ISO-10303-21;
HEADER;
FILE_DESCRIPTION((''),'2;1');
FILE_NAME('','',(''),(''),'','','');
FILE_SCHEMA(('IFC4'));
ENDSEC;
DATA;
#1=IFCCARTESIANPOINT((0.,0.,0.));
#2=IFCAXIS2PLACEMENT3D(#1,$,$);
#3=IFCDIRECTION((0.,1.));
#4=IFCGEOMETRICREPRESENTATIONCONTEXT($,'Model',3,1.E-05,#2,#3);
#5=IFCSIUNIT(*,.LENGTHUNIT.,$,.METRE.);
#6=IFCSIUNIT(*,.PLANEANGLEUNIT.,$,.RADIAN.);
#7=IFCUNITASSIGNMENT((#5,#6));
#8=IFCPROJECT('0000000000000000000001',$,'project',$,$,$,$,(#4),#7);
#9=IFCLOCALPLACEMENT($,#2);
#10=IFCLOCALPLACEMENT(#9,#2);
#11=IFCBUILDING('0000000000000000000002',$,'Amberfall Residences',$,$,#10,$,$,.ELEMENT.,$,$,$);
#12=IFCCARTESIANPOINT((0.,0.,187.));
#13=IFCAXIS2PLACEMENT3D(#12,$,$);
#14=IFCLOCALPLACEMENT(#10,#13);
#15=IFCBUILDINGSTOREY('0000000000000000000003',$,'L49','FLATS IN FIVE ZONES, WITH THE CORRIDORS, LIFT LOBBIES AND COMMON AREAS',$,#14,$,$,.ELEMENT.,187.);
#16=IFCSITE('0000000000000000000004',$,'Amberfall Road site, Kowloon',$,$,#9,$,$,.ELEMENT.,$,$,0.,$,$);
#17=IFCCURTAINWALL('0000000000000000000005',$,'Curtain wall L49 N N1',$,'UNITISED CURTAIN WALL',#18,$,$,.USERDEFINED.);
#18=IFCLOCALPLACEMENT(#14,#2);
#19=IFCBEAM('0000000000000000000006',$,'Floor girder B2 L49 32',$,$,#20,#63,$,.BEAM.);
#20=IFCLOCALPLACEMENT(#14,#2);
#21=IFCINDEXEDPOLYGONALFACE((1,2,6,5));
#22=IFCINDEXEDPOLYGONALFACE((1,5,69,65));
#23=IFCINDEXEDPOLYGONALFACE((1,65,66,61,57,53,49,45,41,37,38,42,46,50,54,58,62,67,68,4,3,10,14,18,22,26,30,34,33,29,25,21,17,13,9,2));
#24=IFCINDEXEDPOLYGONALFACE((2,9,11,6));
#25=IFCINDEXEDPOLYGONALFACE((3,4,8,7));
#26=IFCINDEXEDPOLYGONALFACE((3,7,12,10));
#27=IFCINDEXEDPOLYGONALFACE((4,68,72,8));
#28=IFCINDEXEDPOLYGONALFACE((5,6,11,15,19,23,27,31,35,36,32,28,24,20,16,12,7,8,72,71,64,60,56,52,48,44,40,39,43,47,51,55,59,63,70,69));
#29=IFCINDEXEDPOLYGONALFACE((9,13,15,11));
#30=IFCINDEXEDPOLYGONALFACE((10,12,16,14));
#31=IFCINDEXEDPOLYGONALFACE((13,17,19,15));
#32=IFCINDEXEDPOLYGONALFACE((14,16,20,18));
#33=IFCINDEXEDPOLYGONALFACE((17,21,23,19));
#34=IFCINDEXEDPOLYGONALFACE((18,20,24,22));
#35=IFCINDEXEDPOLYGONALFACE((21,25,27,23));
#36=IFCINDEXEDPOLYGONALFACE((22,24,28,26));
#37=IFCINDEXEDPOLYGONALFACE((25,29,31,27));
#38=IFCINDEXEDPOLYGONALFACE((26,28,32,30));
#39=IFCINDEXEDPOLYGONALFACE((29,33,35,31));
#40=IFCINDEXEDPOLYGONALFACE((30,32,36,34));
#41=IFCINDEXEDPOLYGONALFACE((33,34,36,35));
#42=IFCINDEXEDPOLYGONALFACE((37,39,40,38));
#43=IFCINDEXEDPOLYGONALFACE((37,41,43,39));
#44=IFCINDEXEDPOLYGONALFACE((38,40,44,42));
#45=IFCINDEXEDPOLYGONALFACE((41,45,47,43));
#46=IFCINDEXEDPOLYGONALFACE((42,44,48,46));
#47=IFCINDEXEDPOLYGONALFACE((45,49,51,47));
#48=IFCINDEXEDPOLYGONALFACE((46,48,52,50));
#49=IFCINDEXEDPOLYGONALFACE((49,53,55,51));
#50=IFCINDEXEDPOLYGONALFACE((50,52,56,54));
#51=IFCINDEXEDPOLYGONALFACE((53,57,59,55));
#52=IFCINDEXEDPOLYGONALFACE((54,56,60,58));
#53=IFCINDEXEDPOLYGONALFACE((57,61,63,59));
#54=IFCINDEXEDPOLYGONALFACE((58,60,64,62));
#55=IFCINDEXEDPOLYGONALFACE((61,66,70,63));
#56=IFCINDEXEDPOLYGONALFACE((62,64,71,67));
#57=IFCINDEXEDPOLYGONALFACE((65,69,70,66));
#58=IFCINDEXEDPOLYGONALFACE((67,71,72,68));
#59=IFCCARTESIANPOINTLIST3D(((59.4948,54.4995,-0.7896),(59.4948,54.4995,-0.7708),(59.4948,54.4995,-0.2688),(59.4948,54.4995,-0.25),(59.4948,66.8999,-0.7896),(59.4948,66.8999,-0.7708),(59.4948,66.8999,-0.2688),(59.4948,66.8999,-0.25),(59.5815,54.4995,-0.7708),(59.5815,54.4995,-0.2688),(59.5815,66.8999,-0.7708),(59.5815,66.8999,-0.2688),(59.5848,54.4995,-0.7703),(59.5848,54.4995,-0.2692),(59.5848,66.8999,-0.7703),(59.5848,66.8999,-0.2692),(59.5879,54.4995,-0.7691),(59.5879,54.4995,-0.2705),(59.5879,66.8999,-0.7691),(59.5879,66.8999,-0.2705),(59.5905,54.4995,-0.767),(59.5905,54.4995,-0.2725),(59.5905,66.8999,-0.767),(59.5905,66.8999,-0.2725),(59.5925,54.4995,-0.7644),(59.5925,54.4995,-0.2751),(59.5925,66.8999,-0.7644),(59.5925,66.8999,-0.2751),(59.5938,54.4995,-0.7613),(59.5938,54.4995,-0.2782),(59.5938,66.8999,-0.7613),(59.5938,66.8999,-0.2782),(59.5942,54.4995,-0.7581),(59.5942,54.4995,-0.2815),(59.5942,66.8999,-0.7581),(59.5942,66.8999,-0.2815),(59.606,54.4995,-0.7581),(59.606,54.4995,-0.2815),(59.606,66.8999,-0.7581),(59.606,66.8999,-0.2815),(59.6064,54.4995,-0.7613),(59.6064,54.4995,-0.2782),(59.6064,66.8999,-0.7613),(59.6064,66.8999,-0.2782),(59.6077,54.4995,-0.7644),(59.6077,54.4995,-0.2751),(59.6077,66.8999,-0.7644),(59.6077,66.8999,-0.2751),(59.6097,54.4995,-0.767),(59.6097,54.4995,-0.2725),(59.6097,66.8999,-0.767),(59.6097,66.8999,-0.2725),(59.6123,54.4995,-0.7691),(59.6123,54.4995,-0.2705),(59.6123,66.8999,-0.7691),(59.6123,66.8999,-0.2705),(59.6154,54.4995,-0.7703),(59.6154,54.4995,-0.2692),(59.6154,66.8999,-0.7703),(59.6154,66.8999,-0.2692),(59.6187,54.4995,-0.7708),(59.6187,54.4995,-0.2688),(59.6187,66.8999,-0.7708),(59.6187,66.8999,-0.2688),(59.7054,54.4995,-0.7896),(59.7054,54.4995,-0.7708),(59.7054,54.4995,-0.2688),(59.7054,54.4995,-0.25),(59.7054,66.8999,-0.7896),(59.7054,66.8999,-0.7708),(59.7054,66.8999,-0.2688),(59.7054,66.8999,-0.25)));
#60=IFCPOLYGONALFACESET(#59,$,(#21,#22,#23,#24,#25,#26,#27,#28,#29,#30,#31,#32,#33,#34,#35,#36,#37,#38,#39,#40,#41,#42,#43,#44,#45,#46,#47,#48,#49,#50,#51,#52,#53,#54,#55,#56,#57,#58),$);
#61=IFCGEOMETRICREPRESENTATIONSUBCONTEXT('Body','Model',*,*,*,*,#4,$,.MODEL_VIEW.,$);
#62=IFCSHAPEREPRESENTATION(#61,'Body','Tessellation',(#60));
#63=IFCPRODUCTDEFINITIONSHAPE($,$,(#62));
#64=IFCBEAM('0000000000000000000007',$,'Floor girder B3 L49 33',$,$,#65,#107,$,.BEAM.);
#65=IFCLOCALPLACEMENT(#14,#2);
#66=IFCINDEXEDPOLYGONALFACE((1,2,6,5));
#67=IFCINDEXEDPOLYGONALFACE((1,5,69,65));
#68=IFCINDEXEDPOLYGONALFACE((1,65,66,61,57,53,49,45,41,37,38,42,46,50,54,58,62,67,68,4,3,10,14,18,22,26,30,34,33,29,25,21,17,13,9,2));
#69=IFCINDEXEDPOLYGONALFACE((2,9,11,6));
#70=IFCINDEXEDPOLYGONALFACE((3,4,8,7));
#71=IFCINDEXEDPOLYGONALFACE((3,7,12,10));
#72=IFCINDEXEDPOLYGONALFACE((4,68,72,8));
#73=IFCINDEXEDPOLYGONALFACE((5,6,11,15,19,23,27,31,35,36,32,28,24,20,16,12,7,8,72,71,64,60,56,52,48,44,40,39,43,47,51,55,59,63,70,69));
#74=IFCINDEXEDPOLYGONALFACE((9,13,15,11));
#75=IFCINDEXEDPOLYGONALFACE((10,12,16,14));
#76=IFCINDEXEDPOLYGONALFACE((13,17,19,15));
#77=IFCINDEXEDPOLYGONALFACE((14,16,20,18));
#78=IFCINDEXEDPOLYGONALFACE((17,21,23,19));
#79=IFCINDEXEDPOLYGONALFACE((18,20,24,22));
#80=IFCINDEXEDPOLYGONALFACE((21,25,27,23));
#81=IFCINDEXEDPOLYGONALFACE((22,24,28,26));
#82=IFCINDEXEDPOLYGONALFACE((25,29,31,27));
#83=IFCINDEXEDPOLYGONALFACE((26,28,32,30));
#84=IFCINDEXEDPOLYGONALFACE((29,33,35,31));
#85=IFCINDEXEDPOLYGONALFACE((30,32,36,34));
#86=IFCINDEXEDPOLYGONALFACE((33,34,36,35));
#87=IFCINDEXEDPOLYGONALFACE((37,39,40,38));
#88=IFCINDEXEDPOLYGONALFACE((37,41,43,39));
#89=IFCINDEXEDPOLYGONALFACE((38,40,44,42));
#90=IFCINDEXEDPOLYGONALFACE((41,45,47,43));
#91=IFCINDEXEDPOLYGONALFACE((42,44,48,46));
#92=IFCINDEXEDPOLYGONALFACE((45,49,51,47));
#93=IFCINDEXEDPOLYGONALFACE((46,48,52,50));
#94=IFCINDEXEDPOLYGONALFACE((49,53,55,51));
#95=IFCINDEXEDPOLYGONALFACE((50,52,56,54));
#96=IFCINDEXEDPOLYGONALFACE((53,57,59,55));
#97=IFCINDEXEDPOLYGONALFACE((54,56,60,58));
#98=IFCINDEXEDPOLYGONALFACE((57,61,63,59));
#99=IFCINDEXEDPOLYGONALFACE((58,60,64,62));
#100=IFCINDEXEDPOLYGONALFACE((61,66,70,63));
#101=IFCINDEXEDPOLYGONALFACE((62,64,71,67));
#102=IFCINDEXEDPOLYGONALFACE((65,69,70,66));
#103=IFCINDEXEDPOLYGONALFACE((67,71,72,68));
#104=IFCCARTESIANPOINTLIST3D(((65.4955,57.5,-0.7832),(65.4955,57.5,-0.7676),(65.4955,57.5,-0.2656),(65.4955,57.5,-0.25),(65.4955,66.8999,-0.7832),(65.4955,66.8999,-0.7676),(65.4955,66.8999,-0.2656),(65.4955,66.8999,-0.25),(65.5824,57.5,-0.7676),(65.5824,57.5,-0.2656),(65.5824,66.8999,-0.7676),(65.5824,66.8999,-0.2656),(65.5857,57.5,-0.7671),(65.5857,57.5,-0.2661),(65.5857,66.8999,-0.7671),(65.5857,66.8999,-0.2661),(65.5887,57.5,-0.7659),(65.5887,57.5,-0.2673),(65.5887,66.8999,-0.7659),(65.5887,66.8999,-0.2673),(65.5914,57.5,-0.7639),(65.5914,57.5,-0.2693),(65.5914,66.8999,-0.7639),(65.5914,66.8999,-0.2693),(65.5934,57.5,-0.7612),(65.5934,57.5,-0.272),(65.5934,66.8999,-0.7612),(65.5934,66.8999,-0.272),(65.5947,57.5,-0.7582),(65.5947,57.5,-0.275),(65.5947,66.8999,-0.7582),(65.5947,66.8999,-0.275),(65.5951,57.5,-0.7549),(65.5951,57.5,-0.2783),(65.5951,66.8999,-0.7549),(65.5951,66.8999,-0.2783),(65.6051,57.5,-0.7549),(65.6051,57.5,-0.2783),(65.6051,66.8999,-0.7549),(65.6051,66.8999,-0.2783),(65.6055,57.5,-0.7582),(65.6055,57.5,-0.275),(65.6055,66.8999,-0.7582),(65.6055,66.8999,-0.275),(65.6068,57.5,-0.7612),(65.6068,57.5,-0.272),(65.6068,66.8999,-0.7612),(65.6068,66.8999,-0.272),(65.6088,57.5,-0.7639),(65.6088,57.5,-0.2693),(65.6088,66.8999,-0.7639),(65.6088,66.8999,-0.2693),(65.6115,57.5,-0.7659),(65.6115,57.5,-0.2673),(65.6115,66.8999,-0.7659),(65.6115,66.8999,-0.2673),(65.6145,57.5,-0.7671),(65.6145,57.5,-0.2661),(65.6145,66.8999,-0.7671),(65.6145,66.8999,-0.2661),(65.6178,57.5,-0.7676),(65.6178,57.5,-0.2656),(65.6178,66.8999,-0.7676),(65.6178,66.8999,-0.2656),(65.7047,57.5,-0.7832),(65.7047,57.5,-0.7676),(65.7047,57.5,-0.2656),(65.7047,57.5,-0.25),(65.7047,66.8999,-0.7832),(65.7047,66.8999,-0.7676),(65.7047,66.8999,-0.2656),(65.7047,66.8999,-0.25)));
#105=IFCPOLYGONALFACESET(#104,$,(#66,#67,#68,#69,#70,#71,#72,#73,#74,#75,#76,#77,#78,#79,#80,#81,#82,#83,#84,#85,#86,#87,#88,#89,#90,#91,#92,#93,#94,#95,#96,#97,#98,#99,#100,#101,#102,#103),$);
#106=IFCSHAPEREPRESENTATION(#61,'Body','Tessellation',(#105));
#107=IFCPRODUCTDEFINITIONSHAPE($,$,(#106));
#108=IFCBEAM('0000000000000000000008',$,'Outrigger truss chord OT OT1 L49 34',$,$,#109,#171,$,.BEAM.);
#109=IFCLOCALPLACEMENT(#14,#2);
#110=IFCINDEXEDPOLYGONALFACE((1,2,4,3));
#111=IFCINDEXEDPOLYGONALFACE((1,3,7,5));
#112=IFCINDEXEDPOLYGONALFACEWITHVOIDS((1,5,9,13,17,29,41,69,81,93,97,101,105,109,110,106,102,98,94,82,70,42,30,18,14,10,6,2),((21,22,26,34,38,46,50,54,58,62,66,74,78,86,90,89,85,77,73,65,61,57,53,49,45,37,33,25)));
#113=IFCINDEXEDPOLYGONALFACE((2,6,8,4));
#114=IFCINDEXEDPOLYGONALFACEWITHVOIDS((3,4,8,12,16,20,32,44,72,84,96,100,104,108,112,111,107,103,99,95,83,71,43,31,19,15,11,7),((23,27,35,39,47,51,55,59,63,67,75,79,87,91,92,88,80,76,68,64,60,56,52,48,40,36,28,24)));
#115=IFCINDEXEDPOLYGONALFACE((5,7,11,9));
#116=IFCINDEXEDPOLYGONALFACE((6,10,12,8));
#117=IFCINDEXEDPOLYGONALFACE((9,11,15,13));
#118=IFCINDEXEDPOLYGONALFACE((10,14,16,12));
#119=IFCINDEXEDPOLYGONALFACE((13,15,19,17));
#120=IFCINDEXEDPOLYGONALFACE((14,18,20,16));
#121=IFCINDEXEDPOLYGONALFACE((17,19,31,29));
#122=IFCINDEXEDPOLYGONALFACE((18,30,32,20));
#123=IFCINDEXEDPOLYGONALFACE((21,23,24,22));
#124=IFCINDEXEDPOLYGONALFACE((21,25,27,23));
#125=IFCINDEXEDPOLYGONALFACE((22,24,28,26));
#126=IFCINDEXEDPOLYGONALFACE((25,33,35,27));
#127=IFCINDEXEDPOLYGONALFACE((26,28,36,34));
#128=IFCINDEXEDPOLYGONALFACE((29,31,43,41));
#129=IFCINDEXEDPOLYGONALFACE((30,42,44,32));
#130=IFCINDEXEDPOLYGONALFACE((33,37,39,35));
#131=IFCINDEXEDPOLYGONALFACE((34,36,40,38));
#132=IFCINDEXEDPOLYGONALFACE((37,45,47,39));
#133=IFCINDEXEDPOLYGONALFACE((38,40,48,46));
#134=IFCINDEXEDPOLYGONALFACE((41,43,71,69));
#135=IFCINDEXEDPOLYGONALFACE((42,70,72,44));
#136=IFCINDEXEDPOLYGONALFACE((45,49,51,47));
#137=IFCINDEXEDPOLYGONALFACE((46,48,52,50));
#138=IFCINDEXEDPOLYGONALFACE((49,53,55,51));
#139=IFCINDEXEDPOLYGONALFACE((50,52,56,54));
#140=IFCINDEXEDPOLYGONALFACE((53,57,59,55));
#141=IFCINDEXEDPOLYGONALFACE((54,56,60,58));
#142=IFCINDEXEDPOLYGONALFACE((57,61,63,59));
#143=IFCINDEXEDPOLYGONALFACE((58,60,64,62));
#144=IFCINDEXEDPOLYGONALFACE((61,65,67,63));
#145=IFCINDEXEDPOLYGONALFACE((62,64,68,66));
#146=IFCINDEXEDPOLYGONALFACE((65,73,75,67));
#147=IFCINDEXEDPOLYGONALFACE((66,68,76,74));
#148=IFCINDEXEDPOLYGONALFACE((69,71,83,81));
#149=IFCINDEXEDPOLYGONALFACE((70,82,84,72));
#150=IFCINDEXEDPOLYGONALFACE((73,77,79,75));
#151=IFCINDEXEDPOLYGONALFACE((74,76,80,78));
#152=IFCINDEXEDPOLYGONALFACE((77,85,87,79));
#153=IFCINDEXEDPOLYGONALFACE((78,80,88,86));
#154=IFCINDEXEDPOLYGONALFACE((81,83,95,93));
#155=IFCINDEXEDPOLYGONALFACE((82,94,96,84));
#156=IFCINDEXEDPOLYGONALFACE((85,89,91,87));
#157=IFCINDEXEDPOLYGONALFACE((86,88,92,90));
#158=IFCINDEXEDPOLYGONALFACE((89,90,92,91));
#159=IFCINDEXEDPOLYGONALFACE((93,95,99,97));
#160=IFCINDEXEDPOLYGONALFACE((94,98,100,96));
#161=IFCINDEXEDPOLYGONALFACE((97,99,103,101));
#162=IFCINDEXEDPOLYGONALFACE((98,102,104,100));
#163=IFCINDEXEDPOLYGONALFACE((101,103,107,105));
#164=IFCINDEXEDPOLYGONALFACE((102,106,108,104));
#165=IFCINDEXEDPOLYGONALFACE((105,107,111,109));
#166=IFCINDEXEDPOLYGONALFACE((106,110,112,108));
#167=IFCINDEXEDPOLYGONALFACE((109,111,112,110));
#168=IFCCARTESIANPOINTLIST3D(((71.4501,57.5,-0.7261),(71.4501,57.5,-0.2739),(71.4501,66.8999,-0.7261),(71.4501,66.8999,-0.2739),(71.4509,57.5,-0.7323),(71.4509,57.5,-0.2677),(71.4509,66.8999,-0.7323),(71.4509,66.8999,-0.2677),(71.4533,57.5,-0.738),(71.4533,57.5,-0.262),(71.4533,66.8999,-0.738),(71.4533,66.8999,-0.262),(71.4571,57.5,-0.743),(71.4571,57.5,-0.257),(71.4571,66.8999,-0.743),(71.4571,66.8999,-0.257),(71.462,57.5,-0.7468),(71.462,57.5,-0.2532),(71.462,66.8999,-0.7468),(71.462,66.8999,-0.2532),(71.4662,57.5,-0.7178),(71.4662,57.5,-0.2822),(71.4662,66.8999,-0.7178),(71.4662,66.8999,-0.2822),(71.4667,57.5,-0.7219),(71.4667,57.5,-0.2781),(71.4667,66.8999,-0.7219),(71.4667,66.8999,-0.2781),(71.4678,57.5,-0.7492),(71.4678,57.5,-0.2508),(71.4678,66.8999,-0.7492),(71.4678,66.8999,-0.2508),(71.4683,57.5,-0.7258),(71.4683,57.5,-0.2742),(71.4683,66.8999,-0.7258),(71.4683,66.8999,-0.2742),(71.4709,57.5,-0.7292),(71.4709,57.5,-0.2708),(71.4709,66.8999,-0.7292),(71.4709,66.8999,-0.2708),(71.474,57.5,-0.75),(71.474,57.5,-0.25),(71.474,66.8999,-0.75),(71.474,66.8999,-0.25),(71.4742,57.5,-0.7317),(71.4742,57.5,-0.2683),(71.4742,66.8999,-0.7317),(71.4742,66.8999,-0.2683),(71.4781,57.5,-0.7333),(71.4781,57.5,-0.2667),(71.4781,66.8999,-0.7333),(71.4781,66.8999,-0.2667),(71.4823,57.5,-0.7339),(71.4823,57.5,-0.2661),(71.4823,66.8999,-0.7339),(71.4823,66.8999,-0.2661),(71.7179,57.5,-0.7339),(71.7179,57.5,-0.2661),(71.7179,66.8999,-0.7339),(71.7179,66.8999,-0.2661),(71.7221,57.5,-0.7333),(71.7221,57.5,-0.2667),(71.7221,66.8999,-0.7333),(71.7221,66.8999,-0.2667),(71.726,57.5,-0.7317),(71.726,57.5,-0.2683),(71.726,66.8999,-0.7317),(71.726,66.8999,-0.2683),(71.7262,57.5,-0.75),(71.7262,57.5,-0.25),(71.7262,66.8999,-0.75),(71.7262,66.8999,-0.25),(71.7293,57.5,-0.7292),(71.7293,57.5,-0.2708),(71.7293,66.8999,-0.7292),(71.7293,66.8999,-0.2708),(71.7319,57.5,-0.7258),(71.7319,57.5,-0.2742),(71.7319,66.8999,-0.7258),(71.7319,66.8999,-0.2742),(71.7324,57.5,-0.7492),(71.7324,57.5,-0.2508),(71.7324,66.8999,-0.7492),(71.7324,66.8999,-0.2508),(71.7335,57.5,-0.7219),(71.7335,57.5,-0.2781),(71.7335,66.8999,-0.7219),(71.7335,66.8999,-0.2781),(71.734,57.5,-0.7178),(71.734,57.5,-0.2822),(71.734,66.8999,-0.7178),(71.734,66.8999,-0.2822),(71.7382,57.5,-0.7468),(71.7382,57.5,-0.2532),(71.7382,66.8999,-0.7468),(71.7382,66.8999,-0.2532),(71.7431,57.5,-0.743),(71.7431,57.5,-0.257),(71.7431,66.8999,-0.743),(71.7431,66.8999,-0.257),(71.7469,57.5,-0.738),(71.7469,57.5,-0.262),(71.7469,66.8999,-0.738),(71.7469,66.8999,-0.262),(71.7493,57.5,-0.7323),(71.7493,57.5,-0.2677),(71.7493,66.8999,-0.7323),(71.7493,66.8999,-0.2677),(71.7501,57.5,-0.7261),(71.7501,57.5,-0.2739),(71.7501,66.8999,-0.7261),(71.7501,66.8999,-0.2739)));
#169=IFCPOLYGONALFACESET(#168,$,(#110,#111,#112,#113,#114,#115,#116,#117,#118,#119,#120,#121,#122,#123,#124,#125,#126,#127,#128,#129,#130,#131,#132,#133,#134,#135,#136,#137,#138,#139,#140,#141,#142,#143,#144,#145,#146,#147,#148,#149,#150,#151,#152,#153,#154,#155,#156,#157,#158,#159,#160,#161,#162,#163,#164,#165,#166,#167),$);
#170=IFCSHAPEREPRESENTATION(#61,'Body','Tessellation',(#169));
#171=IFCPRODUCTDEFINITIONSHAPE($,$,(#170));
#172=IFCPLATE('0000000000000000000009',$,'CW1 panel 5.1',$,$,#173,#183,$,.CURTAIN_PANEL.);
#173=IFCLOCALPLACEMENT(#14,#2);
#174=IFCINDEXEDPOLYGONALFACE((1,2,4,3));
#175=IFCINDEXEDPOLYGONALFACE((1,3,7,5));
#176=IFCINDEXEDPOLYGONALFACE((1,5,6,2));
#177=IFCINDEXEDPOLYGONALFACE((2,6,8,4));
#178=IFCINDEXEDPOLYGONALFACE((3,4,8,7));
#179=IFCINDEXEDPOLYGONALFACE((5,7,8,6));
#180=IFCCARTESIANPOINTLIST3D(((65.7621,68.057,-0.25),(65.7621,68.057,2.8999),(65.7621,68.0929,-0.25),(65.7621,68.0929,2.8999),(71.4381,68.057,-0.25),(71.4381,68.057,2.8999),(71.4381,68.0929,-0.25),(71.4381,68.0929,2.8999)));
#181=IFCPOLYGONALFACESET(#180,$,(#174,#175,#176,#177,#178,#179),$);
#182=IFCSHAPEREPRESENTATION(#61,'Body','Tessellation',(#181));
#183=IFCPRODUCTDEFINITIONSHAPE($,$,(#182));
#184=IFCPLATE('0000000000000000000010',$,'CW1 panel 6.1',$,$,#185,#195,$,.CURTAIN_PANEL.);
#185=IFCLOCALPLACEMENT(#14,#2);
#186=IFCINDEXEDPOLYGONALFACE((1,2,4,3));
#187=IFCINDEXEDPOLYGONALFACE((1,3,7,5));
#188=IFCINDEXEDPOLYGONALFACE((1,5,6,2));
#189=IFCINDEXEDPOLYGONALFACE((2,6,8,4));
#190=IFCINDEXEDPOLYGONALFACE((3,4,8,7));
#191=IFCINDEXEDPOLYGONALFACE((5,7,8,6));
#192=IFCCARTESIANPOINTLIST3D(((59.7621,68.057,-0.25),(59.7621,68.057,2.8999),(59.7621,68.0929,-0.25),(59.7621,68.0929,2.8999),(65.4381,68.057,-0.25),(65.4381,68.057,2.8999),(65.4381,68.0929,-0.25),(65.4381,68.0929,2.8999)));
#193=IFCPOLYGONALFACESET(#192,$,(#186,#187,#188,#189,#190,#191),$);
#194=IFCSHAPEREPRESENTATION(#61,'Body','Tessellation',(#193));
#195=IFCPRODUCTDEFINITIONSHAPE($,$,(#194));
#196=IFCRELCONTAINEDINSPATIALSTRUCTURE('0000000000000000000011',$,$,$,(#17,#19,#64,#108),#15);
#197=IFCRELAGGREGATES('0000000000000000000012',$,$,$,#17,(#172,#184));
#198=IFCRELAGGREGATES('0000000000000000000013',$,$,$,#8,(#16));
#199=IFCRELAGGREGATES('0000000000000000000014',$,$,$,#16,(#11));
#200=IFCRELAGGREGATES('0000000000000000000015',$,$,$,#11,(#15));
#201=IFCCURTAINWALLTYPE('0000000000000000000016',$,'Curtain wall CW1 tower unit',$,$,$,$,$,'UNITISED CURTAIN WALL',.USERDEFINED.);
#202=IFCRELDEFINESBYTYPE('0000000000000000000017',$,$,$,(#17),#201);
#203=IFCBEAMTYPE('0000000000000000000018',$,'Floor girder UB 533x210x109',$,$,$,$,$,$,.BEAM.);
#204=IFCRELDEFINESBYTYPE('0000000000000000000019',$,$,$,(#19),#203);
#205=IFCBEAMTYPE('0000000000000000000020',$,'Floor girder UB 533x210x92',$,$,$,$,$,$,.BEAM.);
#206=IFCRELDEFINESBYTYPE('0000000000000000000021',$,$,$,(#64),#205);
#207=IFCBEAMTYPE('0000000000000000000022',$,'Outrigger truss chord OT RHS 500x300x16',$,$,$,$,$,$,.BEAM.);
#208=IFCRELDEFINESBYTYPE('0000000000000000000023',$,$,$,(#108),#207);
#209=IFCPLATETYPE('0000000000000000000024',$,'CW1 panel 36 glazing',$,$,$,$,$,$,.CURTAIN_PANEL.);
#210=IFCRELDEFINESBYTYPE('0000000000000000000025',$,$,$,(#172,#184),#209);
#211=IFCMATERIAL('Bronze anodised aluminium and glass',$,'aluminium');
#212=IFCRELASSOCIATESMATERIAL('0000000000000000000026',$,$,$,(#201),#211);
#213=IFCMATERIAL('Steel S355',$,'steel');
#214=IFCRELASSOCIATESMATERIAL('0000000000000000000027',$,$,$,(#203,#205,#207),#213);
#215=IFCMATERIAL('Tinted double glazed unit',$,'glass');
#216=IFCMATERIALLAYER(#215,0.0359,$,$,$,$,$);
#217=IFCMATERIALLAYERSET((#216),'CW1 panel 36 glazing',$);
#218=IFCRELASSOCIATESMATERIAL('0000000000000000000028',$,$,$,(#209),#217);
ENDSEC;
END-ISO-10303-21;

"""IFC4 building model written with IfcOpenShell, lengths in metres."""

from ifc_helpers import new_model, si_unit, direction, frame, origin, origin_2d, place, context, subcontext, project, spatial, rectangle, hollow_rectangle, i_section, extrude, material, layer, layer_set, material_profile, profile_set, type_object, element, aggregate, save


model = new_model("IFC4")

# Units and contexts
model_context = context("Model", 3, precision=1e-05, world=origin(), true_north=direction((0.0, 1.0)))
body_context = subcontext(model_context, "Body", "Model", "MODEL_VIEW")
ifc_project = project(units=[si_unit("LENGTHUNIT", "METRE"), si_unit("PLANEANGLEUNIT", "RADIAN")], contexts=[model_context])

# Site, building, storey
site_placement = place(None, origin())
site = spatial("IfcSite", under=ifc_project, at=site_placement, Name="Amberfall Road site, Kowloon", CompositionType="ELEMENT", RefElevation=0.0)
building_placement = place(site_placement, origin())
building = spatial("IfcBuilding", under=site, at=building_placement, Name="Amberfall Residences", CompositionType="ELEMENT")
storey_placement = place(building_placement, frame((0.0, 0.0, 187.0)))
storey = spatial("IfcBuildingStorey", under=building, at=storey_placement, Name="L49", Description="FLATS IN FIVE ZONES, WITH THE CORRIDORS, LIFT LOBBIES AND COMMON AREAS", CompositionType="ELEMENT", Elevation=187.0)

# Shared definitions
ifc_material_1 = material(Name="Steel S355", Category="steel")

# Curtain wall
ifc_material_2 = material(Name="Bronze anodised aluminium and glass", Category="aluminium")
curtain_wall_type = type_object("IfcCurtainWallType", Name="Curtain wall CW1 tower unit", ElementType="UNITISED CURTAIN WALL", PredefinedType="USERDEFINED", material=ifc_material_2)
curtain_wall_placement = place(storey_placement, origin())
curtain_wall = element("IfcCurtainWall", 1, at=curtain_wall_placement, inside=storey, type_object=curtain_wall_type, Name="Curtain wall L49 N N1", ObjectType="UNITISED CURTAIN WALL", PredefinedType="USERDEFINED")

# Beams
ifc_material_profile_1 = material_profile(ifc_material_1, i_section(OverallWidth=0.2107, OverallDepth=0.5396, WebThickness=0.0117, FlangeThickness=0.0188, FilletRadius=0.0127, at=origin_2d()), Name="UB 533x210x109")
ifc_profile_set_1 = profile_set([ifc_material_profile_1], Name="Steel S355")
beam_type_1 = type_object("IfcBeamType", Name="Floor girder UB 533x210x109", PredefinedType="BEAM", material=ifc_profile_set_1)
beam_1_placement = place(storey_placement, frame((59.6001, 66.8999, -0.5198), z_axis=(0.0, -1.0, 0.0), x_axis=(1.0, 0.0, 0.0)))
element("IfcBeam", 2, at=beam_1_placement, inside=storey, type_object=beam_type_1, Name="Floor girder B2 L49 32", PredefinedType="BEAM", context=body_context, shape_type="SweptSolid", body=[
    extrude(i_section(OverallWidth=0.2107, OverallDepth=0.5396, WebThickness=0.0117, FlangeThickness=0.0188, FilletRadius=0.0127, at=origin_2d()), origin(), (0.0, 0.0, 1.0), 12.4004),
])
ifc_material_profile_2 = material_profile(ifc_material_1, i_section(OverallWidth=0.2092, OverallDepth=0.5332, WebThickness=0.01, FlangeThickness=0.0156, FilletRadius=0.0127, at=origin_2d()), Name="UB 533x210x92")
ifc_profile_set_2 = profile_set([ifc_material_profile_2], Name="Steel S355")
beam_type_2 = type_object("IfcBeamType", Name="Floor girder UB 533x210x92", PredefinedType="BEAM", material=ifc_profile_set_2)
beam_2_placement = place(storey_placement, frame((65.6001, 66.8999, -0.5166), z_axis=(0.0, -1.0, 0.0), x_axis=(1.0, 0.0, 0.0)))
element("IfcBeam", 3, at=beam_2_placement, inside=storey, type_object=beam_type_2, Name="Floor girder B3 L49 33", PredefinedType="BEAM", context=body_context, shape_type="SweptSolid", body=[
    extrude(i_section(OverallWidth=0.2092, OverallDepth=0.5332, WebThickness=0.01, FlangeThickness=0.0156, FilletRadius=0.0127, at=origin_2d()), origin(), (0.0, 0.0, 1.0), 9.3999),
])
ifc_material_profile_3 = material_profile(ifc_material_1, hollow_rectangle(XDim=0.3, YDim=0.5, WallThickness=0.0161, InnerFilletRadius=0.0161, OuterFilletRadius=0.0239, at=origin_2d()), Name="RHS 500x300x16")
ifc_profile_set_3 = profile_set([ifc_material_profile_3], Name="Steel S355")
beam_type_3 = type_object("IfcBeamType", Name="Outrigger truss chord OT RHS 500x300x16", PredefinedType="BEAM", material=ifc_profile_set_3)
beam_3_placement = place(storey_placement, frame((71.6001, 66.8999, -0.5), z_axis=(0.0, -1.0, 0.0), x_axis=(1.0, 0.0, 0.0)))
element("IfcBeam", 4, at=beam_3_placement, inside=storey, type_object=beam_type_3, Name="Outrigger truss chord OT OT1 L49 34", PredefinedType="BEAM", context=body_context, shape_type="SweptSolid", body=[
    extrude(hollow_rectangle(XDim=0.3, YDim=0.5, WallThickness=0.0161, InnerFilletRadius=0.0161, OuterFilletRadius=0.0239, at=origin_2d()), origin(), (0.0, 0.0, 1.0), 9.3999),
])

# Plates
ifc_material_3 = material(Name="Tinted double glazed unit", Category="glass")
ifc_layer_1 = layer(ifc_material_3, 0.0359)
ifc_layer_set_1 = layer_set([ifc_layer_1], Name="CW1 panel 36 glazing")
plate_type = type_object("IfcPlateType", Name="CW1 panel 36 glazing", PredefinedType="CURTAIN_PANEL", material=ifc_layer_set_1)
plate_1_placement = place(storey_placement, frame((68.6001, 68.075, -0.25), z_axis=(0.0, 0.0, 1.0), x_axis=(-1.0, 0.0, 0.0)))
plate_1 = element("IfcPlate", 5, at=plate_1_placement, type_object=plate_type, Name="CW1 panel 5.1", PredefinedType="CURTAIN_PANEL", context=body_context, shape_type="SweptSolid", body=[
    extrude(rectangle(XDim=5.676, YDim=0.0359, at=origin_2d()), origin(), (0.0, 0.0, 1.0), 3.1499),
])
plate_2_placement = place(storey_placement, frame((62.6001, 68.075, -0.25), z_axis=(0.0, 0.0, 1.0), x_axis=(-1.0, 0.0, 0.0)))
plate_2 = element("IfcPlate", 6, at=plate_2_placement, type_object=plate_type, Name="CW1 panel 6.1", PredefinedType="CURTAIN_PANEL", context=body_context, shape_type="SweptSolid", body=[
    extrude(rectangle(XDim=5.676, YDim=0.0359, at=origin_2d()), origin(), (0.0, 0.0, 1.0), 3.1499),
])
aggregate(curtain_wall, [plate_1, plate_2])

save(model, "model.ifc")
